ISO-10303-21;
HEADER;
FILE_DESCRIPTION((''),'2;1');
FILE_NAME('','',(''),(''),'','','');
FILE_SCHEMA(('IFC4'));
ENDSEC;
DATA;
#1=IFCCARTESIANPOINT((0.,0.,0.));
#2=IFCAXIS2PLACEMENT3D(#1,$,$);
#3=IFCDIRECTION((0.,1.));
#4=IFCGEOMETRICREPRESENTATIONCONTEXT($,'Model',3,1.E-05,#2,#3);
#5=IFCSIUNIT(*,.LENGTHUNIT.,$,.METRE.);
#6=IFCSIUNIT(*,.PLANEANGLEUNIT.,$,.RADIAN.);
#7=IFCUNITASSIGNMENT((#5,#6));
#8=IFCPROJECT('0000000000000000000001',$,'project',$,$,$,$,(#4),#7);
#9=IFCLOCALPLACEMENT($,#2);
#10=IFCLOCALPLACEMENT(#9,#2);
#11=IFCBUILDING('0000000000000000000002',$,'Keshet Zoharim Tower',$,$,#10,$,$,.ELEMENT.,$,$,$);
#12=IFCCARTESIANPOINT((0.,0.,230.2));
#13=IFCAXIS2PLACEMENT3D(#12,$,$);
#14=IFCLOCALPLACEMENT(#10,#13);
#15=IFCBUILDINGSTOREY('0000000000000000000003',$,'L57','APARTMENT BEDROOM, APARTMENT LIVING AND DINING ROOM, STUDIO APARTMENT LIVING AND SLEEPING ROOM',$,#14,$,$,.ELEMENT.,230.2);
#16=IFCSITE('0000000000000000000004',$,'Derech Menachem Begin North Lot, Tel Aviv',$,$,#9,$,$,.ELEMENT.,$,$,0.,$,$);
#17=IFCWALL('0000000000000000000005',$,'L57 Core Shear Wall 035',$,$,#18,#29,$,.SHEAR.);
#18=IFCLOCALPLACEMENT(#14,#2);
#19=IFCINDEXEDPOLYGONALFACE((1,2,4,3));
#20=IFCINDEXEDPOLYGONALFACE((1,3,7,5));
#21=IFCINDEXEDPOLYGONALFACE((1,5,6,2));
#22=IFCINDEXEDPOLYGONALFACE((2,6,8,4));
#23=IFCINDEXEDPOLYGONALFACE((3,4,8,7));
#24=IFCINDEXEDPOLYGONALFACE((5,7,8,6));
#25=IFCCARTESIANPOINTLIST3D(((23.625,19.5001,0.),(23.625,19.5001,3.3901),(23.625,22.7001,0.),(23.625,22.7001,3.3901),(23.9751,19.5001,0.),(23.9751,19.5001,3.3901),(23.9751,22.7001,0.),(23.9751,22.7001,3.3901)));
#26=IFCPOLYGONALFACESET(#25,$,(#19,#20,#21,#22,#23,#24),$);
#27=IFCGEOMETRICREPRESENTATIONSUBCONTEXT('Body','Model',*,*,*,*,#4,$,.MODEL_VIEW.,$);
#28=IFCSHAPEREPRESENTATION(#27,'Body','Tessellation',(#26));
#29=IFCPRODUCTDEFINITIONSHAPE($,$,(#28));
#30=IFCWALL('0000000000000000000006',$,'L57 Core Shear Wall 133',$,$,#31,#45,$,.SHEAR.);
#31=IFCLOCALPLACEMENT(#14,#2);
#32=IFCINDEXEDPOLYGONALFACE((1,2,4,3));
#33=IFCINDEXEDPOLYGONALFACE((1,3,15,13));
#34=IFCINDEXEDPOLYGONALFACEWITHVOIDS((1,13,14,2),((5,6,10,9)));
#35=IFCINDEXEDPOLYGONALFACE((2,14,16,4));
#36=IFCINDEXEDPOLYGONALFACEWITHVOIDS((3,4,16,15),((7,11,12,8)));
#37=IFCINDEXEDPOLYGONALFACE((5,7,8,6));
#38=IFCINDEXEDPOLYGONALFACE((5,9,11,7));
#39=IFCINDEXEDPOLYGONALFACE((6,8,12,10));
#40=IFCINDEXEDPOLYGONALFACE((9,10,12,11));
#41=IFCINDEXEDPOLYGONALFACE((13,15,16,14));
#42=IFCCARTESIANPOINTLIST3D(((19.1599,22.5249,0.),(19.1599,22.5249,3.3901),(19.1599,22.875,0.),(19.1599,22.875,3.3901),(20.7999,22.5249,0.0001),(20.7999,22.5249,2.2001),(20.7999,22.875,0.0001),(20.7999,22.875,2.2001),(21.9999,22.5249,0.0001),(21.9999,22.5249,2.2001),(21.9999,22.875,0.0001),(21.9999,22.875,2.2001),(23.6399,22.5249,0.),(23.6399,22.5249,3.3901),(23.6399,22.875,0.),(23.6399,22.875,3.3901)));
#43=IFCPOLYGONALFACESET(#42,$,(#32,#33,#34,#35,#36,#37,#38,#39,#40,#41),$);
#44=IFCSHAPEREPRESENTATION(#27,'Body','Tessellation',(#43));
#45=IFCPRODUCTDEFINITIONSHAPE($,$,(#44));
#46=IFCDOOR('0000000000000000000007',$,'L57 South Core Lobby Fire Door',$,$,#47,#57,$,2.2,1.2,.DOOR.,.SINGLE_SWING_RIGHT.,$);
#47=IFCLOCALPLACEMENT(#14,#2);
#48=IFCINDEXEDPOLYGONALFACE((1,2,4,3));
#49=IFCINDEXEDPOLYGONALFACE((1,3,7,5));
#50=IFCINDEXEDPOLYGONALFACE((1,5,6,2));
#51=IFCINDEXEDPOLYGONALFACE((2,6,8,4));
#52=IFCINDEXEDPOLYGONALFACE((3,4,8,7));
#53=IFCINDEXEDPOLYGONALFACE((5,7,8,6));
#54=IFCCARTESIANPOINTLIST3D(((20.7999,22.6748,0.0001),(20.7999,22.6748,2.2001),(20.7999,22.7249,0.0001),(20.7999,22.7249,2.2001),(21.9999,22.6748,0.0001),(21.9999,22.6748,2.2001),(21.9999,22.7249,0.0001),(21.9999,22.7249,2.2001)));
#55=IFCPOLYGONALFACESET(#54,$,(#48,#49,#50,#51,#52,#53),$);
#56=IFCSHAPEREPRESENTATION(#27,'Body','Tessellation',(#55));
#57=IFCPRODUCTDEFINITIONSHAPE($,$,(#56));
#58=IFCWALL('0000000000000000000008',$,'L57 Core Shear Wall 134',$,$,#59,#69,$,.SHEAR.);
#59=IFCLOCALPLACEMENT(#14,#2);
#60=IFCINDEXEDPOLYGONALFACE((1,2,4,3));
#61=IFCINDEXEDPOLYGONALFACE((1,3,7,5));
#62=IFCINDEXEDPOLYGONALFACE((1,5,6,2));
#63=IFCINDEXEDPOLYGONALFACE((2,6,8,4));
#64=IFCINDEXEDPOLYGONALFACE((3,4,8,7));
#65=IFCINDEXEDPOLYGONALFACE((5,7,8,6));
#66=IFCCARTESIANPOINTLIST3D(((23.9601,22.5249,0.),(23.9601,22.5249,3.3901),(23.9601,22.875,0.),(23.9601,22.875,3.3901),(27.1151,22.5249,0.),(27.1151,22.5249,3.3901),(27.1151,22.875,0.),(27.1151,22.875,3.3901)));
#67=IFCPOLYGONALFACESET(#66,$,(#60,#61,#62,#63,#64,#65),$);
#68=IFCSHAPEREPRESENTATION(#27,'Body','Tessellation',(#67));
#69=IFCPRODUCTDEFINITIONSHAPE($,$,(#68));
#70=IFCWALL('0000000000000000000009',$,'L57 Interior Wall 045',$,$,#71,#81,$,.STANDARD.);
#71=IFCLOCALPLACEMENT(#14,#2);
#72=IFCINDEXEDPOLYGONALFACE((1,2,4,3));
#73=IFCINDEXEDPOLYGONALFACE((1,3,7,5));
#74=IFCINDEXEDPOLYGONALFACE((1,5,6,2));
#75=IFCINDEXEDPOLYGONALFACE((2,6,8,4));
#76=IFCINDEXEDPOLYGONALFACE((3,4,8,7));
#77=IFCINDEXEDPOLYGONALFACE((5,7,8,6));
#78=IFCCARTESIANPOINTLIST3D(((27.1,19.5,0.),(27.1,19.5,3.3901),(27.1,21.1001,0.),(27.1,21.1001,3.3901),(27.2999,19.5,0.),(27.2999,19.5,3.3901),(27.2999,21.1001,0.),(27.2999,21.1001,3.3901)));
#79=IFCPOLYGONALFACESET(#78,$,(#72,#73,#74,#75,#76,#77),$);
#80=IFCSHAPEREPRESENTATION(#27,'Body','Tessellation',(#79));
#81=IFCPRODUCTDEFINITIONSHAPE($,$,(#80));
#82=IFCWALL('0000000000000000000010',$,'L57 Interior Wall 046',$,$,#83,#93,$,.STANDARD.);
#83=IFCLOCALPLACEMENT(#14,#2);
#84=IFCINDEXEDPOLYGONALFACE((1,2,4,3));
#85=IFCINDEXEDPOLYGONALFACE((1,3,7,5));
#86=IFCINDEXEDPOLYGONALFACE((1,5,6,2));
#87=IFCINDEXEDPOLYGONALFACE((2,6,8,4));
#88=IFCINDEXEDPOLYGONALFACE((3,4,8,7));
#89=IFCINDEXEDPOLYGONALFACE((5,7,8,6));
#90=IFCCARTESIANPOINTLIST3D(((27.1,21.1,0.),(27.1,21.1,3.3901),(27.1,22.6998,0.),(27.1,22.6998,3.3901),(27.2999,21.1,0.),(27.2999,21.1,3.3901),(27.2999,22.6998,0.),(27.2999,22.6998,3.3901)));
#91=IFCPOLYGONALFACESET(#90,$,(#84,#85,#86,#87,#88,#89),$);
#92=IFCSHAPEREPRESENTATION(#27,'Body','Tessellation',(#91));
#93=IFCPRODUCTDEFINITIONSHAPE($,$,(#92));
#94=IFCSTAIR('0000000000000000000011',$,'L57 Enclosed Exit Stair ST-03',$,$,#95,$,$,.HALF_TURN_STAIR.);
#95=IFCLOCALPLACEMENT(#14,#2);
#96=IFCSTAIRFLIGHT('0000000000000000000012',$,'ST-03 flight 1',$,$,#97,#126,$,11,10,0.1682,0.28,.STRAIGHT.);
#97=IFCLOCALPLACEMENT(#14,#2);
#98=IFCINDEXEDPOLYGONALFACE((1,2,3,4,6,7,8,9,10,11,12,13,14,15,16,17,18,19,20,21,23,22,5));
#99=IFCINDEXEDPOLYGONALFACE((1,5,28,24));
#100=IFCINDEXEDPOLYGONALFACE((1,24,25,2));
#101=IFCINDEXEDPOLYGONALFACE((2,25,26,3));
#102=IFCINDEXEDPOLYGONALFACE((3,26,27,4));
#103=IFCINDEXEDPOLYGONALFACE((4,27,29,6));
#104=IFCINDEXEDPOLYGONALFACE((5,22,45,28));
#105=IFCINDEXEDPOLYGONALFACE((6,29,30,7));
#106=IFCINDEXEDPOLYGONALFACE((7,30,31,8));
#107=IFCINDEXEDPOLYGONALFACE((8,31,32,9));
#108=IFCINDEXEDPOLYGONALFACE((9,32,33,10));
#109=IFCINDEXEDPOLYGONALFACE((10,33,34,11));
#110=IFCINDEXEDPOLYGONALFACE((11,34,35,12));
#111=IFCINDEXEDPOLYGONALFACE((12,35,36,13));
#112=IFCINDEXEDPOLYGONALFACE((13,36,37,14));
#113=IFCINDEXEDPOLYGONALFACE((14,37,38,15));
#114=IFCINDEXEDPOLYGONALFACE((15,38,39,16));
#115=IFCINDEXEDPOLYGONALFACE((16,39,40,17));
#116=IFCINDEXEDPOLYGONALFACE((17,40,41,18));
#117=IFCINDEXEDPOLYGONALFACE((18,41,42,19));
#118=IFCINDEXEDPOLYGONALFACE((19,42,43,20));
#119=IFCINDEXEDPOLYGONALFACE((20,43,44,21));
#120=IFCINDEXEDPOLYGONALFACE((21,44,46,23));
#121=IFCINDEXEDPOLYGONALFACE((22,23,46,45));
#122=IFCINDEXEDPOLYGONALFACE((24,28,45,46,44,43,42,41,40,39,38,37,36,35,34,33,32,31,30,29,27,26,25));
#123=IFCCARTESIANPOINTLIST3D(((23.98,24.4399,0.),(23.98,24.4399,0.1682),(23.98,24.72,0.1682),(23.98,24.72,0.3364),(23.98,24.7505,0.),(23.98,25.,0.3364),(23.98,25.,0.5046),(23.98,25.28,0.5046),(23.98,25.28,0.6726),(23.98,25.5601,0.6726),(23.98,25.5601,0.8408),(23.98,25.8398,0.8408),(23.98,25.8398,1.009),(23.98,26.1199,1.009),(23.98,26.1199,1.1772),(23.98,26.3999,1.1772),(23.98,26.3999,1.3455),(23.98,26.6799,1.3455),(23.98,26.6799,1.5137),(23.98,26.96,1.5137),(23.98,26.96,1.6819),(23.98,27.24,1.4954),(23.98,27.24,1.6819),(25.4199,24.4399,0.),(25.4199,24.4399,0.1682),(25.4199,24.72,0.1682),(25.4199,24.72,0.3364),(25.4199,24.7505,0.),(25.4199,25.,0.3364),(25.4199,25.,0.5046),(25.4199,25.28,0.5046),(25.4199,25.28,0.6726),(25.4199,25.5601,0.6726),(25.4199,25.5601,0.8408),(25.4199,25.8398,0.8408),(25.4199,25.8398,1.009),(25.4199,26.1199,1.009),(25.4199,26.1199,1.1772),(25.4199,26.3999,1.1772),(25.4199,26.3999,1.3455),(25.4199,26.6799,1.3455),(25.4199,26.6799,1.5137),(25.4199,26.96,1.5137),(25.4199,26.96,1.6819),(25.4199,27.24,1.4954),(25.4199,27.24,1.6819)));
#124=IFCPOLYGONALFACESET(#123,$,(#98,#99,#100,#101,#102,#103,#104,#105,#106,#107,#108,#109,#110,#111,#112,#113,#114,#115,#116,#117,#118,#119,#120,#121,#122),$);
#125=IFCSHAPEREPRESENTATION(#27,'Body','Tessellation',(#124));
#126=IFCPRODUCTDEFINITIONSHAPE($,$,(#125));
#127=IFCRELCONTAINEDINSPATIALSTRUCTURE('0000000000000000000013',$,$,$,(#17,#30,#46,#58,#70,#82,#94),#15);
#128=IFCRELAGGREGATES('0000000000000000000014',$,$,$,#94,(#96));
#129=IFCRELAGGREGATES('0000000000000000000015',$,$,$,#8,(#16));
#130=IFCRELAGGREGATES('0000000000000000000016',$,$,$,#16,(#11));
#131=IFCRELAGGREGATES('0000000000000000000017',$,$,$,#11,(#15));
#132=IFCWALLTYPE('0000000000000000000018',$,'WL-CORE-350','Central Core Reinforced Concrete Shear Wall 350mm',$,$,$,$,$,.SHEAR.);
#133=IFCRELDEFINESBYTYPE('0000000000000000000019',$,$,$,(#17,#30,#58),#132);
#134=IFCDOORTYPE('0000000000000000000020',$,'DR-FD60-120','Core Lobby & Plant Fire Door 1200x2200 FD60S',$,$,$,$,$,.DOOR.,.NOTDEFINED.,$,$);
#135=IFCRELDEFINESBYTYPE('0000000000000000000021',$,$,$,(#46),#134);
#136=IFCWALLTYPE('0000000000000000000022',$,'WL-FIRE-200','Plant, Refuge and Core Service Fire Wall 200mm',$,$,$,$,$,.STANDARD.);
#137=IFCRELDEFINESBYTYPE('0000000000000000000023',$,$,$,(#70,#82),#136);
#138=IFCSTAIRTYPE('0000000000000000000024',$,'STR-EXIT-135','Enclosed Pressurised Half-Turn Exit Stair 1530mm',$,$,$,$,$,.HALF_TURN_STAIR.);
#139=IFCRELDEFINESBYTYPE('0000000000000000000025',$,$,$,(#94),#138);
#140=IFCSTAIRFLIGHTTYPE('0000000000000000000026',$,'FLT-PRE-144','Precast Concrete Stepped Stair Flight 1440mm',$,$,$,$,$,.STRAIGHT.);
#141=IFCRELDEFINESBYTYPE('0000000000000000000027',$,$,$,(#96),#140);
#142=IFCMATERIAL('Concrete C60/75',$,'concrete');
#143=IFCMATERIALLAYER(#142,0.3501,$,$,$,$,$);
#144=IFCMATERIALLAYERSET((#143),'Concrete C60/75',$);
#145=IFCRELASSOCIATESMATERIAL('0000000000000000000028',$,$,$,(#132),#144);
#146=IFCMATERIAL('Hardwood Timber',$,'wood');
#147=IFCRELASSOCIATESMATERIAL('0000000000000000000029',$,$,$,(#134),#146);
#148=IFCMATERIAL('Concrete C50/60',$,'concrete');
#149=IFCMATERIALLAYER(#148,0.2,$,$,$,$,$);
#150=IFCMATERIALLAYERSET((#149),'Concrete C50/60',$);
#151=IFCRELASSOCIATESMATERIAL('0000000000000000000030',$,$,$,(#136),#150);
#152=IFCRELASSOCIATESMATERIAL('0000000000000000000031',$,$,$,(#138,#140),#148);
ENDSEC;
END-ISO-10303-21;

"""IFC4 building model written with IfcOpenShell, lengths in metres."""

from ifc_helpers import new_model, si_unit, direction, frame, frame_2d, origin, place, context, subcontext, project, spatial, polyline, rectangle, outline, extrude, material, layer, layer_set, type_object, element, fill, aggregate, save


model = new_model("IFC4")

# Units and contexts
model_context = context("Model", 3, precision=1e-05, world=origin(), true_north=direction((0.0, 1.0)))
body_context = subcontext(model_context, "Body", "Model", "MODEL_VIEW")
ifc_project = project(units=[si_unit("LENGTHUNIT", "METRE"), si_unit("PLANEANGLEUNIT", "RADIAN")], contexts=[model_context])

# Site, building, storey
site_placement = place(None, origin())
site = spatial("IfcSite", under=ifc_project, at=site_placement, Name="Derech Menachem Begin North Lot, Tel Aviv", CompositionType="ELEMENT", RefElevation=0.0)
building_placement = place(site_placement, origin())
building = spatial("IfcBuilding", under=site, at=building_placement, Name="Keshet Zoharim Tower", CompositionType="ELEMENT")
storey_placement = place(building_placement, frame((0.0, 0.0, 230.2)))
storey = spatial("IfcBuildingStorey", under=building, at=storey_placement, Name="L57", Description="APARTMENT BEDROOM, APARTMENT LIVING AND DINING ROOM, STUDIO APARTMENT LIVING AND SLEEPING ROOM", CompositionType="ELEMENT", Elevation=230.2)

# Shared definitions
ifc_material_1 = material(Name="Concrete C60/75", Category="concrete")
ifc_layer_1 = layer(ifc_material_1, 0.3501)
ifc_layer_set_1 = layer_set([ifc_layer_1], Name="Concrete C60/75")
wall_type_1 = type_object("IfcWallType", Name="WL-CORE-350", Description="Central Core Reinforced Concrete Shear Wall 350mm", PredefinedType="SHEAR", material=ifc_layer_set_1)
ifc_material_2 = material(Name="Hardwood Timber", Category="wood")

# Wall
wall_1_placement = place(storey_placement, frame((23.8, 19.5, 0.0), z_axis=(0.0, 0.0, 1.0), x_axis=(0.0, 1.0, 0.0)))
element("IfcWall", 1, at=wall_1_placement, inside=storey, type_object=wall_type_1, Name="L57 Core Shear Wall 035", PredefinedType="SHEAR", context=body_context, shape_type="SweptSolid", body=[
    extrude(rectangle(XDim=3.2, YDim=0.3501, at=frame_2d((1.6001, 0.0))), origin(), (0.0, 0.0, 1.0), 3.3901),
])

# Wall, opening, door
wall_2_placement = place(storey_placement, frame((19.1599, 22.7, 0.0), z_axis=(0.0, 0.0, 1.0), x_axis=(1.0, 0.0, 0.0)))
wall_2 = element("IfcWall", 2, at=wall_2_placement, inside=storey, type_object=wall_type_1, Name="L57 Core Shear Wall 133", PredefinedType="SHEAR", context=body_context, shape_type="SweptSolid", body=[
    extrude(rectangle(XDim=4.48, YDim=0.3501, at=frame_2d((2.24, 0.0))), origin(), (0.0, 0.0, 1.0), 3.3901),
])
opening_1_placement = place(wall_2_placement, frame((1.6399, 0.0, 0.0)))
opening_1 = element("IfcOpeningElement", 3, at=opening_1_placement, cuts=wall_2, PredefinedType="OPENING", context=body_context, shape_type="SweptSolid", body=[
    extrude(rectangle(XDim=1.2, YDim=2.2, at=frame_2d((0.6001, 1.1001))), frame((0.0, 0.1851, 0.0), z_axis=(0.0, -1.0, 0.0), x_axis=(1.0, 0.0, 0.0)), (0.0, 0.0, 1.0), 0.3701),
])
door_type_1 = type_object("IfcDoorType", Name="DR-FD60-120", Description="Core Lobby & Plant Fire Door 1200x2200 FD60S", OperationType="NOTDEFINED", PredefinedType="DOOR", material=ifc_material_2)
door_1_placement = place(opening_1_placement, origin())
door_1 = element("IfcDoor", 4, at=door_1_placement, inside=storey, type_object=door_type_1, Name="L57 South Core Lobby Fire Door", OperationType="SINGLE_SWING_RIGHT", OverallHeight=2.2, OverallWidth=1.2, PredefinedType="DOOR", context=body_context, shape_type="SweptSolid", body=[
    extrude(rectangle(XDim=1.2, YDim=2.2, at=frame_2d((0.6001, 1.1001))), frame((0.0, 0.0249, 0.0), z_axis=(0.0, -1.0, 0.0), x_axis=(1.0, 0.0, 0.0)), (0.0, 0.0, 1.0), 0.05),
])
fill(opening_1, door_1)

# Walls
wall_3_placement = place(storey_placement, frame((23.96, 22.7, 0.0), z_axis=(0.0, 0.0, 1.0), x_axis=(1.0, 0.0, 0.0)))
element("IfcWall", 5, at=wall_3_placement, inside=storey, type_object=wall_type_1, Name="L57 Core Shear Wall 134", PredefinedType="SHEAR", context=body_context, shape_type="SweptSolid", body=[
    extrude(rectangle(XDim=3.155, YDim=0.3501, at=frame_2d((1.5776, 0.0))), origin(), (0.0, 0.0, 1.0), 3.3901),
])
ifc_material_3 = material(Name="Concrete C50/60", Category="concrete")
ifc_layer_2 = layer(ifc_material_3, 0.2)
ifc_layer_set_2 = layer_set([ifc_layer_2], Name="Concrete C50/60")
wall_type_2 = type_object("IfcWallType", Name="WL-FIRE-200", Description="Plant, Refuge and Core Service Fire Wall 200mm", PredefinedType="STANDARD", material=ifc_layer_set_2)
wall_4_placement = place(storey_placement, frame((27.2, 19.5, 0.0), z_axis=(0.0, 0.0, 1.0), x_axis=(0.0, 1.0, 0.0)))
element("IfcWall", 6, at=wall_4_placement, inside=storey, type_object=wall_type_2, Name="L57 Interior Wall 045", PredefinedType="STANDARD", context=body_context, shape_type="SweptSolid", body=[
    extrude(rectangle(XDim=1.6001, YDim=0.2, at=frame_2d((0.8, 0.0))), origin(), (0.0, 0.0, 1.0), 3.3901),
])
wall_5_placement = place(storey_placement, frame((27.2, 21.1001, 0.0), z_axis=(0.0, 0.0, 1.0), x_axis=(0.0, 1.0, 0.0)))
element("IfcWall", 7, at=wall_5_placement, inside=storey, type_object=wall_type_2, Name="L57 Interior Wall 046", PredefinedType="STANDARD", context=body_context, shape_type="SweptSolid", body=[
    extrude(rectangle(XDim=1.5999, YDim=0.2, at=frame_2d((0.7998, 0.0))), origin(), (0.0, 0.0, 1.0), 3.3901),
])

# Stair, stair flight
stair_type = type_object("IfcStairType", Name="STR-EXIT-135", Description="Enclosed Pressurised Half-Turn Exit Stair 1530mm", PredefinedType="HALF_TURN_STAIR", material=ifc_material_3)
stair_placement = place(storey_placement, origin())
stair = element("IfcStair", 8, at=stair_placement, inside=storey, type_object=stair_type, Name="L57 Enclosed Exit Stair ST-03", PredefinedType="HALF_TURN_STAIR")
stair_flight_type = type_object("IfcStairFlightType", Name="FLT-PRE-144", Description="Precast Concrete Stepped Stair Flight 1440mm", PredefinedType="STRAIGHT", material=ifc_material_3)
stair_flight_placement = place(storey_placement, frame((24.7, 24.4399, 0.0), z_axis=(0.0, 0.0, 1.0), x_axis=(0.0, 1.0, 0.0)))
stair_flight = element("IfcStairFlight", 9, at=stair_flight_placement, type_object=stair_flight_type, Name="ST-03 flight 1", NumberOfRisers=11, NumberOfTreads=10, PredefinedType="STRAIGHT", RiserHeight=0.1682, TreadLength=0.28, context=body_context, shape_type="SweptSolid", body=[
    extrude(outline(polyline([(0.0, 0.0), (0.0, 0.1682), (0.28, 0.1682), (0.28, 0.3364), (0.5601, 0.3364), (0.5601, 0.5046), (0.8401, 0.5046), (0.8401, 0.6726), (1.1201, 0.6726), (1.1201, 0.8408), (1.3999, 0.8408), (1.3999, 1.009), (1.6799, 1.009), (1.6799, 1.1772), (1.96, 1.1772), (1.96, 1.3455), (2.24, 1.3455), (2.24, 1.5137), (2.52, 1.5137), (2.52, 1.6819), (2.8, 1.6819), (2.8, 1.8501), (2.8, 1.4954), (0.3105, 0.0), (0.0, 0.0)])), frame((0.0, 0.72, 0.0), z_axis=(0.0, -1.0, 0.0), x_axis=(1.0, 0.0, 0.0)), (0.0, 0.0, 1.0), 1.4399),
])
aggregate(stair, [stair_flight])

save(model, "model.ifc")
